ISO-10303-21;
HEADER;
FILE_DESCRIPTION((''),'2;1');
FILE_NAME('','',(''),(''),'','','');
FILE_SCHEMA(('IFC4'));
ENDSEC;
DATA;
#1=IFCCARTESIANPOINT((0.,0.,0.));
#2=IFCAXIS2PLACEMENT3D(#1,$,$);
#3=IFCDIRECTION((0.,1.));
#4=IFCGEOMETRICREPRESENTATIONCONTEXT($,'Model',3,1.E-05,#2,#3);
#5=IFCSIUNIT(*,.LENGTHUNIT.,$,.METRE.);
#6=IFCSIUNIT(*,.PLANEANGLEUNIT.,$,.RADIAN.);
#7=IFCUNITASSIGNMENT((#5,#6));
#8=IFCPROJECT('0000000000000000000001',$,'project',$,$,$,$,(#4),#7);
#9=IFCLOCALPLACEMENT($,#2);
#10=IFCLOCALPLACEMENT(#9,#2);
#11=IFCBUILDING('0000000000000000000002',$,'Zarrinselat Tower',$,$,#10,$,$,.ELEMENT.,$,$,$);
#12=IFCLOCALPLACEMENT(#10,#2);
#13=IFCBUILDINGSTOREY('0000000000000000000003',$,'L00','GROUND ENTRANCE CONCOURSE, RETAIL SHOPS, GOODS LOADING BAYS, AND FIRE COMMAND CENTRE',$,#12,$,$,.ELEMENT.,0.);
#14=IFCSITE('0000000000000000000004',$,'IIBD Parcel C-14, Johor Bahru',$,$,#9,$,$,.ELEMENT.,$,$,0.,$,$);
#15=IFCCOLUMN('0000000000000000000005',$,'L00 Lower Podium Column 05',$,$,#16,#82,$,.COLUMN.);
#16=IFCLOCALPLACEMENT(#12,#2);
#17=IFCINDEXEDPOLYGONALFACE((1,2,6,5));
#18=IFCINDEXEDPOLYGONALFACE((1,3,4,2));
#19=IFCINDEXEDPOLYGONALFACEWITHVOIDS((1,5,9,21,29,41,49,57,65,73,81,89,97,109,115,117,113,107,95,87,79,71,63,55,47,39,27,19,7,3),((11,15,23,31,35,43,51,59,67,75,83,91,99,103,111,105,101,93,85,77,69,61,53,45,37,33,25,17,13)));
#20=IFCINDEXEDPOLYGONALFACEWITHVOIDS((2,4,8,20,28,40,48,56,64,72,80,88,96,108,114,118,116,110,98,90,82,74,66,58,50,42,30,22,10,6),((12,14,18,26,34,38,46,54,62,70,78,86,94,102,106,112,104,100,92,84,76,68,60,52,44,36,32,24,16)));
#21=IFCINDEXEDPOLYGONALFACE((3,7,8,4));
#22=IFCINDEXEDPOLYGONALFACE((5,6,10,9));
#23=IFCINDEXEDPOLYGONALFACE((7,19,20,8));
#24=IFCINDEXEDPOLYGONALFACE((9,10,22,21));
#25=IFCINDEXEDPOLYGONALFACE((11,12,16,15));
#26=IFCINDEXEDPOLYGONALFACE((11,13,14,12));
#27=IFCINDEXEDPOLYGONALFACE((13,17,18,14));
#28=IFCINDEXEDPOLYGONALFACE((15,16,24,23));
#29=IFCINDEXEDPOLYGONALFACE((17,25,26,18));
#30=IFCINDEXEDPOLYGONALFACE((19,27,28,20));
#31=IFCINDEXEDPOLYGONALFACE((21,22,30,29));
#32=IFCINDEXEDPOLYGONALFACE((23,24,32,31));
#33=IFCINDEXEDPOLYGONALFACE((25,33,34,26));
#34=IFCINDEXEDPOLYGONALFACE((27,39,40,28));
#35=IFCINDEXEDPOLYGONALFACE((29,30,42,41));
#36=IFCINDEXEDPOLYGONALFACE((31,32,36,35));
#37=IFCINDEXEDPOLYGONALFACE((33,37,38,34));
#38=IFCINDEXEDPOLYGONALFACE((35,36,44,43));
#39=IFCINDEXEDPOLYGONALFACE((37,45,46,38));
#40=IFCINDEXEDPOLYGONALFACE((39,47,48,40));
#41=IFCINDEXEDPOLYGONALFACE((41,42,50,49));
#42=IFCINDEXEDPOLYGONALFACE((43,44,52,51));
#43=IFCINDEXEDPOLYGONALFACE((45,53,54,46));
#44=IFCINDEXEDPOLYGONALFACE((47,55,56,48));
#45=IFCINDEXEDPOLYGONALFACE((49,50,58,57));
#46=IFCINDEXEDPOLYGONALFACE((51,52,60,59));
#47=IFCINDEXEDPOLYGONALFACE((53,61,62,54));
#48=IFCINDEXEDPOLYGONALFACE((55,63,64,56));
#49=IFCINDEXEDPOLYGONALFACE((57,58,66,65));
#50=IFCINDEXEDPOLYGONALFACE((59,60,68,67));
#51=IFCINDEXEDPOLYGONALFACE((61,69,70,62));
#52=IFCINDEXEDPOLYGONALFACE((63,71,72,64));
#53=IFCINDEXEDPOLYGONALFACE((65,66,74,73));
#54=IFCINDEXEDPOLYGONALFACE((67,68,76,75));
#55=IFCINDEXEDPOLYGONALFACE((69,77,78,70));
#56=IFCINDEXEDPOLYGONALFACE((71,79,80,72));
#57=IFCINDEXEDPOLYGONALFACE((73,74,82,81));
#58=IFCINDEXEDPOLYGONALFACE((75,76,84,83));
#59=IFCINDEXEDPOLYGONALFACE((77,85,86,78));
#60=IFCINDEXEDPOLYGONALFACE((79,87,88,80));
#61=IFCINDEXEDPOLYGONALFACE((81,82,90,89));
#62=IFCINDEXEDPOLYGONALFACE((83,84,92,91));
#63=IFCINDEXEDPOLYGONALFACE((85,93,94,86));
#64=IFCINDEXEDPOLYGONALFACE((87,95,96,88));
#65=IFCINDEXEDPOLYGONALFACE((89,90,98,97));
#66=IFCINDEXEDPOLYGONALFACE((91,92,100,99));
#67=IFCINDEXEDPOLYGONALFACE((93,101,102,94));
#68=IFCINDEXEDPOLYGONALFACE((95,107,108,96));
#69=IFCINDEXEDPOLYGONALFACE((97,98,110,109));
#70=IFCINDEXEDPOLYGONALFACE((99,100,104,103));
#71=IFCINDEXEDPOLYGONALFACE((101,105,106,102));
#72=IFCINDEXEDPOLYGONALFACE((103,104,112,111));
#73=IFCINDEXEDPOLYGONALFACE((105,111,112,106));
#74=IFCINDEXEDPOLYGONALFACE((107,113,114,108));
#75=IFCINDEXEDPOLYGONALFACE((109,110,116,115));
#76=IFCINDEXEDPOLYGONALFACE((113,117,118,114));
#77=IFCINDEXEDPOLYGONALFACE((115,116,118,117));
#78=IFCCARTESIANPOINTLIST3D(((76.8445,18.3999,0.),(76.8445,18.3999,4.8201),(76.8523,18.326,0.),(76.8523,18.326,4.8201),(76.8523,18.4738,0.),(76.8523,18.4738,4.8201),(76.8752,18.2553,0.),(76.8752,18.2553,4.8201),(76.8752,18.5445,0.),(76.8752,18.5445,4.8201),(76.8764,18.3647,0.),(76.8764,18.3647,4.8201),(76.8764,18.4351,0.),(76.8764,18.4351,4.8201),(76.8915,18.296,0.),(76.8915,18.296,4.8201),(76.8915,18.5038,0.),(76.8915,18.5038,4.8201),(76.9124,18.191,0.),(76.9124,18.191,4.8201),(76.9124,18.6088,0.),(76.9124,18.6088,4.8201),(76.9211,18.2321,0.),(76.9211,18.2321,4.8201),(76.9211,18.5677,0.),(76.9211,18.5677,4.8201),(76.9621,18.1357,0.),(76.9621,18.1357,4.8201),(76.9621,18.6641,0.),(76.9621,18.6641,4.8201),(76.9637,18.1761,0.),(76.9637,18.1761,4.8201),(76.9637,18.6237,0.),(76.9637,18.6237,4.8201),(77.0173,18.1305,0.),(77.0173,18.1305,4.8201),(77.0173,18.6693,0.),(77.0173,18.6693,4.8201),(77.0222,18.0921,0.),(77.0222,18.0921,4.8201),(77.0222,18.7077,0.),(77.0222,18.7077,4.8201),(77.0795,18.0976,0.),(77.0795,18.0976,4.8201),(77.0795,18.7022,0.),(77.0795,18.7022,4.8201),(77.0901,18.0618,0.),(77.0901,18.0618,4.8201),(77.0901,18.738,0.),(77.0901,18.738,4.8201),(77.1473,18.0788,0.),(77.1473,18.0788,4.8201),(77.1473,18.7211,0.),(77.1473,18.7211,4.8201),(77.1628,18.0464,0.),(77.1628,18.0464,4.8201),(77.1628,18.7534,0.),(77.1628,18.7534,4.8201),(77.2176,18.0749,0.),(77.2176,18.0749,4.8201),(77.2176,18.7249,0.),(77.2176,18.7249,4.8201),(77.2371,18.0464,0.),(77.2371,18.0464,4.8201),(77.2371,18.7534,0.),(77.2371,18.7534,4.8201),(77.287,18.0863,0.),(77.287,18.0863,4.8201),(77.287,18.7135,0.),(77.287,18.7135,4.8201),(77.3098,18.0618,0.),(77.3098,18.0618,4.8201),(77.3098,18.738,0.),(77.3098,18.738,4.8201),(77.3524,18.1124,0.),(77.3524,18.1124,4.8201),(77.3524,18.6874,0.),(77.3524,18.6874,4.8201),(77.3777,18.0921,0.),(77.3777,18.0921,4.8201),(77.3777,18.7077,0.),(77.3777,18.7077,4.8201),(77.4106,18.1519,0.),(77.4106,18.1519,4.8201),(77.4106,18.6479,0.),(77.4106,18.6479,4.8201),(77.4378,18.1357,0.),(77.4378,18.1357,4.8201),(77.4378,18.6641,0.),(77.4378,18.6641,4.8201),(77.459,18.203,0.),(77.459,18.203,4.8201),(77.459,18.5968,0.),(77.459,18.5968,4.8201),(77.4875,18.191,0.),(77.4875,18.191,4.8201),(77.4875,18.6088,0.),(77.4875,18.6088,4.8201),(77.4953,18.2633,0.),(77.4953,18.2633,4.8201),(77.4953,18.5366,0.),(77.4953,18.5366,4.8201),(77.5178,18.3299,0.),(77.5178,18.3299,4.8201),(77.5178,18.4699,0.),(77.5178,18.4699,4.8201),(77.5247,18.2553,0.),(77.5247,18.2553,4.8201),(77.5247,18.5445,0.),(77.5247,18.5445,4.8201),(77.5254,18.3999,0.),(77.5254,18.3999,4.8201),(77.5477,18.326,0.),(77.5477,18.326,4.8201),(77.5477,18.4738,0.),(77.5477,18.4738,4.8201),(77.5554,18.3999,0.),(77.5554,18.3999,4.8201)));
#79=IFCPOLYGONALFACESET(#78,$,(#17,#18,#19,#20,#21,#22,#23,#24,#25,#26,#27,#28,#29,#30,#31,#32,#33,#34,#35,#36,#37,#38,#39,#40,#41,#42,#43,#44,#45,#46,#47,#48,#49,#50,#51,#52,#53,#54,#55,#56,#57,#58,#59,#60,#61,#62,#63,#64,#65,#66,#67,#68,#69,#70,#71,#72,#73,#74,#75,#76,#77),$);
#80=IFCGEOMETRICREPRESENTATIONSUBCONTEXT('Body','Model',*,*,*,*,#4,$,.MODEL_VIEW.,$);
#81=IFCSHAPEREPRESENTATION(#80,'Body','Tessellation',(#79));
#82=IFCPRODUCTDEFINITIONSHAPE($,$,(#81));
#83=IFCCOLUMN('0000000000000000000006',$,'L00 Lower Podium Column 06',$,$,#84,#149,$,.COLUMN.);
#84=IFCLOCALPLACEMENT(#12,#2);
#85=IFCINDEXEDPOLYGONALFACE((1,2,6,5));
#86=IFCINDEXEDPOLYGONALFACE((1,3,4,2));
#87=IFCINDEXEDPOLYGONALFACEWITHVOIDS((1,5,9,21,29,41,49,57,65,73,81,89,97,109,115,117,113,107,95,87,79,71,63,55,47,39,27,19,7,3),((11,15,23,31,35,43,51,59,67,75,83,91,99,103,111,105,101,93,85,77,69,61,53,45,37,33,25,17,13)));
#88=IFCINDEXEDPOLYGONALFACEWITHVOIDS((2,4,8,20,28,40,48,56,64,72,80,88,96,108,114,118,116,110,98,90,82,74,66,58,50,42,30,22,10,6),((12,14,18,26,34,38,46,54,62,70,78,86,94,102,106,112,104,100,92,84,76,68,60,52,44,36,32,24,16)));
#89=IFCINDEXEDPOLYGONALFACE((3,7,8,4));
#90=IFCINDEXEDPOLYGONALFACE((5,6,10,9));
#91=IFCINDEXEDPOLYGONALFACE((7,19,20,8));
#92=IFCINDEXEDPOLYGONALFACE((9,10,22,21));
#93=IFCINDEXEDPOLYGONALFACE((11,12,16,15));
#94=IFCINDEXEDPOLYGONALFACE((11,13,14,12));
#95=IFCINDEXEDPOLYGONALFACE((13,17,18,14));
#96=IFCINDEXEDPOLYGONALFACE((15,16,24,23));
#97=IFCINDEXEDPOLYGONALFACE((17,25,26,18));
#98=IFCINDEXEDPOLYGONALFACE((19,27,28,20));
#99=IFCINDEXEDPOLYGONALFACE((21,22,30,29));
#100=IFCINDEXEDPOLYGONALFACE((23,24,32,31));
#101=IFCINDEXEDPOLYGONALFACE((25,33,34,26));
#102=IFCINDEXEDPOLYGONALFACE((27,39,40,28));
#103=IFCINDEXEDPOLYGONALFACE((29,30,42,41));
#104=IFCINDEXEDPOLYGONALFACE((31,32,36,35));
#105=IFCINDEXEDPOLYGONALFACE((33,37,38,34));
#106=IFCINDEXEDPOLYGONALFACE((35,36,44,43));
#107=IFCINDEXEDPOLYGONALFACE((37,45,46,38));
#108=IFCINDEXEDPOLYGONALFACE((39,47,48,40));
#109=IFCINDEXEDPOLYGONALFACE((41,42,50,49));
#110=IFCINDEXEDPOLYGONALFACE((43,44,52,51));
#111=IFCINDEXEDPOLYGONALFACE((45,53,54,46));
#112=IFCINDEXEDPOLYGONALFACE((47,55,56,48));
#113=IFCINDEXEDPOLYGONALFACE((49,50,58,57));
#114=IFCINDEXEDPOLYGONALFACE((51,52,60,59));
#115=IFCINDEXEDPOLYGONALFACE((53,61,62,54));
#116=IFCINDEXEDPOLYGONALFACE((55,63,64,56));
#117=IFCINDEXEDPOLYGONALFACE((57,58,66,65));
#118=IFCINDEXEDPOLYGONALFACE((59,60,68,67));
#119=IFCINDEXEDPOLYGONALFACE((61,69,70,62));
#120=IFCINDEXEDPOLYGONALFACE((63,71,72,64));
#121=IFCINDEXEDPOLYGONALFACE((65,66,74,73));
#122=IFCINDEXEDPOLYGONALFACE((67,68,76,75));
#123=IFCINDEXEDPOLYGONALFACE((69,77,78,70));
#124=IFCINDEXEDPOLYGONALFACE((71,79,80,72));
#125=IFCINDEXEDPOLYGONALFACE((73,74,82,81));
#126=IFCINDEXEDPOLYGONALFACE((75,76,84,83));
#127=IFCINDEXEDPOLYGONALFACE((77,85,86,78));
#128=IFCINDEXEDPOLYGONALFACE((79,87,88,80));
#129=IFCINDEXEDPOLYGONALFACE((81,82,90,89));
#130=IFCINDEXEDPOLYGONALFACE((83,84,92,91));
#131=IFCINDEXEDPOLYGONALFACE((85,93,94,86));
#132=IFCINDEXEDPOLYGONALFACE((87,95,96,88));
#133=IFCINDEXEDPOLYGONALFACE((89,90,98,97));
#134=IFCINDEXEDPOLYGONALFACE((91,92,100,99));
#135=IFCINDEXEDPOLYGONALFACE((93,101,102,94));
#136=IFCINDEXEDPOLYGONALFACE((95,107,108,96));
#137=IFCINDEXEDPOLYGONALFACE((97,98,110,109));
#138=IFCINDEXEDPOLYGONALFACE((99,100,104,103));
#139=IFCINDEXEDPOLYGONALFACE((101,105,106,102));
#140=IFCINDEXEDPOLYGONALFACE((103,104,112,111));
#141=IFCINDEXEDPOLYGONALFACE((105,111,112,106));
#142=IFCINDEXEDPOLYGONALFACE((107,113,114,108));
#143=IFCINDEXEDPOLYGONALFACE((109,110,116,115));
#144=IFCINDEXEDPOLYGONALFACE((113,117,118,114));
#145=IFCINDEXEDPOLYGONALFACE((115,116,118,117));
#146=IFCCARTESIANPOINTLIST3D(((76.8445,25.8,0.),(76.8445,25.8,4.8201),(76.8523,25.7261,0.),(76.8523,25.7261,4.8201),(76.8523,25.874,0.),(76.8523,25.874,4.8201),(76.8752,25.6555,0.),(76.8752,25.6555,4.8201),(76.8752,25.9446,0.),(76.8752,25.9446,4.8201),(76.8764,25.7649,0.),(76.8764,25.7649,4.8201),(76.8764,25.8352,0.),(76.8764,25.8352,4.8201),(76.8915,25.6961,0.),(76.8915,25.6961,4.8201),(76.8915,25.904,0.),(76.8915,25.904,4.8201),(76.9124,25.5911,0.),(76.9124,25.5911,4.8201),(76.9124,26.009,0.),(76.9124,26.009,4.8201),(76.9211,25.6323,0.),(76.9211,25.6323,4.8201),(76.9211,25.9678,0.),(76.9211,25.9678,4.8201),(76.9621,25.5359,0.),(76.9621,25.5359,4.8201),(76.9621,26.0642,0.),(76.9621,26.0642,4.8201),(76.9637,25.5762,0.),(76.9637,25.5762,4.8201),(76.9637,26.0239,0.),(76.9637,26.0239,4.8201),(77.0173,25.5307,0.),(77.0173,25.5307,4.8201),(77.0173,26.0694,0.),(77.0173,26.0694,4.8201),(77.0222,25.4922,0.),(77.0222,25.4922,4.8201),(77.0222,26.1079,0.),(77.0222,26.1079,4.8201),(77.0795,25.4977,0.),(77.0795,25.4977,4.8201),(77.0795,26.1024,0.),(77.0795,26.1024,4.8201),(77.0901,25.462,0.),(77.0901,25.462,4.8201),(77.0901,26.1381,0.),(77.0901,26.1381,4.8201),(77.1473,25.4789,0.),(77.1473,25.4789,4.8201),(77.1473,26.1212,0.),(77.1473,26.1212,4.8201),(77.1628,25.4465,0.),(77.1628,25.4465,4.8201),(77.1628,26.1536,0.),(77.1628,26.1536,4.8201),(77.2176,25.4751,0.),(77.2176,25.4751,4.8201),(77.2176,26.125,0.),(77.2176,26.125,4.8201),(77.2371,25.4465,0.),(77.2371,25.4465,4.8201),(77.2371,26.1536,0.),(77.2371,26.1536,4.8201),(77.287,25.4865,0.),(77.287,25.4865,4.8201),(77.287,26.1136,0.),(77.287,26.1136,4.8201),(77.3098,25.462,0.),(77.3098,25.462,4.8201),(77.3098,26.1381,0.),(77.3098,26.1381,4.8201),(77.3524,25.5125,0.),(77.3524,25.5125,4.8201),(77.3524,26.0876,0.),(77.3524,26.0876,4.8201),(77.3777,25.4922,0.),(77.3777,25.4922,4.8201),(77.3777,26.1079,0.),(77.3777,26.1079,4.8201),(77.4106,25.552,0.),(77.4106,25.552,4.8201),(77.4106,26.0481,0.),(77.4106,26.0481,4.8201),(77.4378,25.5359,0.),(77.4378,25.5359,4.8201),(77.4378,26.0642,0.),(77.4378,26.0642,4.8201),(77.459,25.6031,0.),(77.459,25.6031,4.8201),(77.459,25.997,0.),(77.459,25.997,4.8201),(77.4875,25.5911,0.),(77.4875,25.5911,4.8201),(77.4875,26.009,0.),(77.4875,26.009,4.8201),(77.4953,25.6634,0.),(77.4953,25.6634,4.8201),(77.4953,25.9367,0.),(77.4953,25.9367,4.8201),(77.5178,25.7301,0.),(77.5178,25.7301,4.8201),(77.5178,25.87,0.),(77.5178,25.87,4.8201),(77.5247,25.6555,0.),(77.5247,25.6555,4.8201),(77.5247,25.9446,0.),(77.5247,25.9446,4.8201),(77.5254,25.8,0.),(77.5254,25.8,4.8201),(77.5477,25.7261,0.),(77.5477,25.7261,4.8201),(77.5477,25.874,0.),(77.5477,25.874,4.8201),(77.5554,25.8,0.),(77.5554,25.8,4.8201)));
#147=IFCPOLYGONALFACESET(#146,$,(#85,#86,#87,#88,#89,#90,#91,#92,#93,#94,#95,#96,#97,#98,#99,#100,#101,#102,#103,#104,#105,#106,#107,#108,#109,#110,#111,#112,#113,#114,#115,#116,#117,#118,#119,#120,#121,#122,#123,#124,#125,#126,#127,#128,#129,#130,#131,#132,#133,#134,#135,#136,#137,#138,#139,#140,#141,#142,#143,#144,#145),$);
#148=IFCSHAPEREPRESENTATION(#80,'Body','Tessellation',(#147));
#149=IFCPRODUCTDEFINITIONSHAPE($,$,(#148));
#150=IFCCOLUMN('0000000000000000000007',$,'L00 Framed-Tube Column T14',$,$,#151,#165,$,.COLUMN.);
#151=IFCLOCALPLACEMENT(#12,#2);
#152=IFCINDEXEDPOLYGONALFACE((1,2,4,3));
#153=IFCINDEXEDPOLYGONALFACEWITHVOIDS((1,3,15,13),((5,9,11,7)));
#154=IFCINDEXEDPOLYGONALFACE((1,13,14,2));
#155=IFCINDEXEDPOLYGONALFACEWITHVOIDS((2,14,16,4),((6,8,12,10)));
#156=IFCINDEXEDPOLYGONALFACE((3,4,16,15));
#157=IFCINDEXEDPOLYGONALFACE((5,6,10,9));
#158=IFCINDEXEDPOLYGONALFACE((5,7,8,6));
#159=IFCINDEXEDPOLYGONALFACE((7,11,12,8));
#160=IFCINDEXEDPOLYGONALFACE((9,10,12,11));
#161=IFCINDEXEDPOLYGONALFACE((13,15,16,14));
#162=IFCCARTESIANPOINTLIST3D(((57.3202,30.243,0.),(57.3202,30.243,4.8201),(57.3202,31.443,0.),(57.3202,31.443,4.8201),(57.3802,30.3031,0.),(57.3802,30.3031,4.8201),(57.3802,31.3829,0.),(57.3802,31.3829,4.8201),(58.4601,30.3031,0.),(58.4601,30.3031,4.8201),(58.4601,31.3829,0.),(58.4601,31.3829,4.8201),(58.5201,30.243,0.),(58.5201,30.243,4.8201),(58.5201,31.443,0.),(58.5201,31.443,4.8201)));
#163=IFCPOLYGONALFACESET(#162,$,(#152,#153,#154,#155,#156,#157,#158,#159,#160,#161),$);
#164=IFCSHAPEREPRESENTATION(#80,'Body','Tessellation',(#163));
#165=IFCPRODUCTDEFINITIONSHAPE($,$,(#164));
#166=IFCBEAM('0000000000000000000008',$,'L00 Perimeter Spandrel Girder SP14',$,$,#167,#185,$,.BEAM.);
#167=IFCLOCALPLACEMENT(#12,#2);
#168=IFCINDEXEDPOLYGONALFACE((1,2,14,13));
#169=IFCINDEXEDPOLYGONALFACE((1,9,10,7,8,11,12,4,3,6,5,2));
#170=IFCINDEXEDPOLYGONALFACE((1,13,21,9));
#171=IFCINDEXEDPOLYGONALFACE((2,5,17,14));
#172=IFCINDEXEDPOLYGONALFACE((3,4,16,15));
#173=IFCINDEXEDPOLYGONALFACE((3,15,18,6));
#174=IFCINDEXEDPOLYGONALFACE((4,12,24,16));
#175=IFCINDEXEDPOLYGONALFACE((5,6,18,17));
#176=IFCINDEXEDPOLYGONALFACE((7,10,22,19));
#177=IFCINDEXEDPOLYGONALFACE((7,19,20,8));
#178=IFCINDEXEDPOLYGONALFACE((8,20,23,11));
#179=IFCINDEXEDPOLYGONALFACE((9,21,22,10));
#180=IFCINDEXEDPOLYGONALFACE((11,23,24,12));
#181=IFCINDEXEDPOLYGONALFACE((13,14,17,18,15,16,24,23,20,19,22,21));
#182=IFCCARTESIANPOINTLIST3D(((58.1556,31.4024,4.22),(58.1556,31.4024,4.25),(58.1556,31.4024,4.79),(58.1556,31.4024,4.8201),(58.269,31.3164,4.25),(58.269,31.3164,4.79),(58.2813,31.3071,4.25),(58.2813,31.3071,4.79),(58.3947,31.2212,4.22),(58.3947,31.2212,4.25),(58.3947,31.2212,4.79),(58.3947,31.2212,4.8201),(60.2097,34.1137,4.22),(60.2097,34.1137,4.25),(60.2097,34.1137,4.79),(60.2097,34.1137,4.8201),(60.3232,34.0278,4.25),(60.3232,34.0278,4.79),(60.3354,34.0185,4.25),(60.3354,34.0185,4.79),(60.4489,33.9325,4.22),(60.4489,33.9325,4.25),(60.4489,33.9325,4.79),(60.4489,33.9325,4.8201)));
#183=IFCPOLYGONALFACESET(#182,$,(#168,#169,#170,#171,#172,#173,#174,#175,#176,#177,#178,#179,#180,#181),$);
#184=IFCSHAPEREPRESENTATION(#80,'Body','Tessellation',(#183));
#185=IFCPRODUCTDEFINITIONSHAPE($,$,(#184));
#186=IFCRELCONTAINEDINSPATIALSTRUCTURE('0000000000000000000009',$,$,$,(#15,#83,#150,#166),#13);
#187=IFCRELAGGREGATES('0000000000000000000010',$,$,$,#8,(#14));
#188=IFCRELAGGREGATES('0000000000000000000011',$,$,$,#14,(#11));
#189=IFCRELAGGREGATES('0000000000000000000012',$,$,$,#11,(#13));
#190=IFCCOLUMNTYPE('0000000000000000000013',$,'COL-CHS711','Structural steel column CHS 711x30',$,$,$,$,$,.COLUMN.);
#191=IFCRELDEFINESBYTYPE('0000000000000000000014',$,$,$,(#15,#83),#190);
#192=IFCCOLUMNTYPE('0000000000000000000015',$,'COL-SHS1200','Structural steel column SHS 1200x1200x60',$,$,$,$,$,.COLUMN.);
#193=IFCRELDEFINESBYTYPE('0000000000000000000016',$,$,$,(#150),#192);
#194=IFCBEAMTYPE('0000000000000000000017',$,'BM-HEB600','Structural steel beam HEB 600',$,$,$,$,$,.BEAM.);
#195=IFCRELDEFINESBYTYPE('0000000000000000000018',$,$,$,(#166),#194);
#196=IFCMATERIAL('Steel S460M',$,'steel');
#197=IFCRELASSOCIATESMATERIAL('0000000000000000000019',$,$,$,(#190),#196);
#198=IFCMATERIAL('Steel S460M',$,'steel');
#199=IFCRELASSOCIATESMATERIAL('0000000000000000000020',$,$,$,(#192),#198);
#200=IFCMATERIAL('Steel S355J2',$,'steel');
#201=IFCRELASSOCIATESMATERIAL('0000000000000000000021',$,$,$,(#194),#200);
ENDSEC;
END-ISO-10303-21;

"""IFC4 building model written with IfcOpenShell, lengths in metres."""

from ifc_helpers import new_model, si_unit, direction, frame, origin, origin_2d, place, context, subcontext, project, spatial, hollow_rectangle, hollow_circle, i_section, extrude, material, material_profile, profile_set, type_object, element, save


model = new_model("IFC4")

# Units and contexts
model_context = context("Model", 3, precision=1e-05, world=origin(), true_north=direction((0.0, 1.0)))
body_context = subcontext(model_context, "Body", "Model", "MODEL_VIEW")
ifc_project = project(units=[si_unit("LENGTHUNIT", "METRE"), si_unit("PLANEANGLEUNIT", "RADIAN")], contexts=[model_context])

# Site, building, storey
site_placement = place(None, origin())
site = spatial("IfcSite", under=ifc_project, at=site_placement, Name="IIBD Parcel C-14, Johor Bahru", CompositionType="ELEMENT", RefElevation=0.0)
building_placement = place(site_placement, origin())
building = spatial("IfcBuilding", under=site, at=building_placement, Name="Zarrinselat Tower", CompositionType="ELEMENT")
storey_placement = place(building_placement, origin())
storey = spatial("IfcBuildingStorey", under=building, at=storey_placement, Name="L00", Description="GROUND ENTRANCE CONCOURSE, RETAIL SHOPS, GOODS LOADING BAYS, AND FIRE COMMAND CENTRE", CompositionType="ELEMENT", Elevation=0.0)

# Columns
ifc_material_1 = material(Name="Steel S460M", Category="steel")
ifc_material_profile_1 = material_profile(ifc_material_1, hollow_circle(Radius=0.3555, WallThickness=0.03, at=origin_2d()), Name="CHS 711x30")
ifc_profile_set_1 = profile_set([ifc_material_profile_1], Name="Steel S460M")
column_type_1 = type_object("IfcColumnType", Name="COL-CHS711", Description="Structural steel column CHS 711x30", PredefinedType="COLUMN", material=ifc_profile_set_1)
for number, where, z_axis, x_axis, name in (
    (1, (77.2, 18.3999, 0.0), (0.0, 0.0, 1.0), (1.0, 0.0, 0.0), "L00 Lower Podium Column 05"),
    (2, (77.2, 25.8, 0.0), (0.0, 0.0, 1.0), (1.0, 0.0, 0.0), "L00 Lower Podium Column 06"),
):
    element("IfcColumn", number, at=place(storey_placement, frame(where, z_axis=z_axis, x_axis=x_axis)), inside=storey, type_object=column_type_1, Name=name, PredefinedType="COLUMN", context=body_context, shape_type="SweptSolid", body=[
        extrude(hollow_circle(Radius=0.3555, WallThickness=0.03, at=origin_2d()), origin(), (0.0, 0.0, 1.0), 4.8201),
    ])
ifc_material_2 = material(Name="Steel S460M", Category="steel")
ifc_material_profile_2 = material_profile(ifc_material_2, hollow_rectangle(XDim=1.2, YDim=1.2, WallThickness=0.0601, at=origin_2d()), Name="SHS 1200x1200x60")
ifc_profile_set_2 = profile_set([ifc_material_profile_2], Name="Steel S460M")
column_type_2 = type_object("IfcColumnType", Name="COL-SHS1200", Description="Structural steel column SHS 1200x1200x60", PredefinedType="COLUMN", material=ifc_profile_set_2)
column_placement = place(storey_placement, frame((57.9202, 30.843, 0.0), z_axis=(0.0, 0.0, 1.0), x_axis=(1.0, 0.0, 0.0)))
element("IfcColumn", 3, at=column_placement, inside=storey, type_object=column_type_2, Name="L00 Framed-Tube Column T14", PredefinedType="COLUMN", context=body_context, shape_type="SweptSolid", body=[
    extrude(hollow_rectangle(XDim=1.2, YDim=1.2, WallThickness=0.0601, at=origin_2d()), origin(), (0.0, 0.0, 1.0), 4.8201),
])

# Beam
ifc_material_3 = material(Name="Steel S355J2", Category="steel")
ifc_material_profile_3 = material_profile(ifc_material_3, i_section(OverallWidth=0.3, OverallDepth=0.6001, WebThickness=0.0154, FlangeThickness=0.03, at=origin_2d()), Name="HEB 600")
ifc_profile_set_3 = profile_set([ifc_material_profile_3], Name="Steel S355J2")
beam_type = type_object("IfcBeamType", Name="BM-HEB600", Description="Structural steel beam HEB 600", PredefinedType="BEAM", material=ifc_profile_set_3)
beam_placement = place(storey_placement, frame((58.2751, 31.3118, 4.52), z_axis=(0.603874, 0.79708, 0.0), x_axis=(-0.79708, 0.603874, 0.0)))
element("IfcBeam", 4, at=beam_placement, inside=storey, type_object=beam_type, Name="L00 Perimeter Spandrel Girder SP14", PredefinedType="BEAM", context=body_context, shape_type="SweptSolid", body=[
    extrude(i_section(OverallWidth=0.3, OverallDepth=0.6001, WebThickness=0.0154, FlangeThickness=0.03, at=origin_2d()), origin(), (0.0, 0.0, 1.0), 3.4016),
])

save(model, "model.ifc")
